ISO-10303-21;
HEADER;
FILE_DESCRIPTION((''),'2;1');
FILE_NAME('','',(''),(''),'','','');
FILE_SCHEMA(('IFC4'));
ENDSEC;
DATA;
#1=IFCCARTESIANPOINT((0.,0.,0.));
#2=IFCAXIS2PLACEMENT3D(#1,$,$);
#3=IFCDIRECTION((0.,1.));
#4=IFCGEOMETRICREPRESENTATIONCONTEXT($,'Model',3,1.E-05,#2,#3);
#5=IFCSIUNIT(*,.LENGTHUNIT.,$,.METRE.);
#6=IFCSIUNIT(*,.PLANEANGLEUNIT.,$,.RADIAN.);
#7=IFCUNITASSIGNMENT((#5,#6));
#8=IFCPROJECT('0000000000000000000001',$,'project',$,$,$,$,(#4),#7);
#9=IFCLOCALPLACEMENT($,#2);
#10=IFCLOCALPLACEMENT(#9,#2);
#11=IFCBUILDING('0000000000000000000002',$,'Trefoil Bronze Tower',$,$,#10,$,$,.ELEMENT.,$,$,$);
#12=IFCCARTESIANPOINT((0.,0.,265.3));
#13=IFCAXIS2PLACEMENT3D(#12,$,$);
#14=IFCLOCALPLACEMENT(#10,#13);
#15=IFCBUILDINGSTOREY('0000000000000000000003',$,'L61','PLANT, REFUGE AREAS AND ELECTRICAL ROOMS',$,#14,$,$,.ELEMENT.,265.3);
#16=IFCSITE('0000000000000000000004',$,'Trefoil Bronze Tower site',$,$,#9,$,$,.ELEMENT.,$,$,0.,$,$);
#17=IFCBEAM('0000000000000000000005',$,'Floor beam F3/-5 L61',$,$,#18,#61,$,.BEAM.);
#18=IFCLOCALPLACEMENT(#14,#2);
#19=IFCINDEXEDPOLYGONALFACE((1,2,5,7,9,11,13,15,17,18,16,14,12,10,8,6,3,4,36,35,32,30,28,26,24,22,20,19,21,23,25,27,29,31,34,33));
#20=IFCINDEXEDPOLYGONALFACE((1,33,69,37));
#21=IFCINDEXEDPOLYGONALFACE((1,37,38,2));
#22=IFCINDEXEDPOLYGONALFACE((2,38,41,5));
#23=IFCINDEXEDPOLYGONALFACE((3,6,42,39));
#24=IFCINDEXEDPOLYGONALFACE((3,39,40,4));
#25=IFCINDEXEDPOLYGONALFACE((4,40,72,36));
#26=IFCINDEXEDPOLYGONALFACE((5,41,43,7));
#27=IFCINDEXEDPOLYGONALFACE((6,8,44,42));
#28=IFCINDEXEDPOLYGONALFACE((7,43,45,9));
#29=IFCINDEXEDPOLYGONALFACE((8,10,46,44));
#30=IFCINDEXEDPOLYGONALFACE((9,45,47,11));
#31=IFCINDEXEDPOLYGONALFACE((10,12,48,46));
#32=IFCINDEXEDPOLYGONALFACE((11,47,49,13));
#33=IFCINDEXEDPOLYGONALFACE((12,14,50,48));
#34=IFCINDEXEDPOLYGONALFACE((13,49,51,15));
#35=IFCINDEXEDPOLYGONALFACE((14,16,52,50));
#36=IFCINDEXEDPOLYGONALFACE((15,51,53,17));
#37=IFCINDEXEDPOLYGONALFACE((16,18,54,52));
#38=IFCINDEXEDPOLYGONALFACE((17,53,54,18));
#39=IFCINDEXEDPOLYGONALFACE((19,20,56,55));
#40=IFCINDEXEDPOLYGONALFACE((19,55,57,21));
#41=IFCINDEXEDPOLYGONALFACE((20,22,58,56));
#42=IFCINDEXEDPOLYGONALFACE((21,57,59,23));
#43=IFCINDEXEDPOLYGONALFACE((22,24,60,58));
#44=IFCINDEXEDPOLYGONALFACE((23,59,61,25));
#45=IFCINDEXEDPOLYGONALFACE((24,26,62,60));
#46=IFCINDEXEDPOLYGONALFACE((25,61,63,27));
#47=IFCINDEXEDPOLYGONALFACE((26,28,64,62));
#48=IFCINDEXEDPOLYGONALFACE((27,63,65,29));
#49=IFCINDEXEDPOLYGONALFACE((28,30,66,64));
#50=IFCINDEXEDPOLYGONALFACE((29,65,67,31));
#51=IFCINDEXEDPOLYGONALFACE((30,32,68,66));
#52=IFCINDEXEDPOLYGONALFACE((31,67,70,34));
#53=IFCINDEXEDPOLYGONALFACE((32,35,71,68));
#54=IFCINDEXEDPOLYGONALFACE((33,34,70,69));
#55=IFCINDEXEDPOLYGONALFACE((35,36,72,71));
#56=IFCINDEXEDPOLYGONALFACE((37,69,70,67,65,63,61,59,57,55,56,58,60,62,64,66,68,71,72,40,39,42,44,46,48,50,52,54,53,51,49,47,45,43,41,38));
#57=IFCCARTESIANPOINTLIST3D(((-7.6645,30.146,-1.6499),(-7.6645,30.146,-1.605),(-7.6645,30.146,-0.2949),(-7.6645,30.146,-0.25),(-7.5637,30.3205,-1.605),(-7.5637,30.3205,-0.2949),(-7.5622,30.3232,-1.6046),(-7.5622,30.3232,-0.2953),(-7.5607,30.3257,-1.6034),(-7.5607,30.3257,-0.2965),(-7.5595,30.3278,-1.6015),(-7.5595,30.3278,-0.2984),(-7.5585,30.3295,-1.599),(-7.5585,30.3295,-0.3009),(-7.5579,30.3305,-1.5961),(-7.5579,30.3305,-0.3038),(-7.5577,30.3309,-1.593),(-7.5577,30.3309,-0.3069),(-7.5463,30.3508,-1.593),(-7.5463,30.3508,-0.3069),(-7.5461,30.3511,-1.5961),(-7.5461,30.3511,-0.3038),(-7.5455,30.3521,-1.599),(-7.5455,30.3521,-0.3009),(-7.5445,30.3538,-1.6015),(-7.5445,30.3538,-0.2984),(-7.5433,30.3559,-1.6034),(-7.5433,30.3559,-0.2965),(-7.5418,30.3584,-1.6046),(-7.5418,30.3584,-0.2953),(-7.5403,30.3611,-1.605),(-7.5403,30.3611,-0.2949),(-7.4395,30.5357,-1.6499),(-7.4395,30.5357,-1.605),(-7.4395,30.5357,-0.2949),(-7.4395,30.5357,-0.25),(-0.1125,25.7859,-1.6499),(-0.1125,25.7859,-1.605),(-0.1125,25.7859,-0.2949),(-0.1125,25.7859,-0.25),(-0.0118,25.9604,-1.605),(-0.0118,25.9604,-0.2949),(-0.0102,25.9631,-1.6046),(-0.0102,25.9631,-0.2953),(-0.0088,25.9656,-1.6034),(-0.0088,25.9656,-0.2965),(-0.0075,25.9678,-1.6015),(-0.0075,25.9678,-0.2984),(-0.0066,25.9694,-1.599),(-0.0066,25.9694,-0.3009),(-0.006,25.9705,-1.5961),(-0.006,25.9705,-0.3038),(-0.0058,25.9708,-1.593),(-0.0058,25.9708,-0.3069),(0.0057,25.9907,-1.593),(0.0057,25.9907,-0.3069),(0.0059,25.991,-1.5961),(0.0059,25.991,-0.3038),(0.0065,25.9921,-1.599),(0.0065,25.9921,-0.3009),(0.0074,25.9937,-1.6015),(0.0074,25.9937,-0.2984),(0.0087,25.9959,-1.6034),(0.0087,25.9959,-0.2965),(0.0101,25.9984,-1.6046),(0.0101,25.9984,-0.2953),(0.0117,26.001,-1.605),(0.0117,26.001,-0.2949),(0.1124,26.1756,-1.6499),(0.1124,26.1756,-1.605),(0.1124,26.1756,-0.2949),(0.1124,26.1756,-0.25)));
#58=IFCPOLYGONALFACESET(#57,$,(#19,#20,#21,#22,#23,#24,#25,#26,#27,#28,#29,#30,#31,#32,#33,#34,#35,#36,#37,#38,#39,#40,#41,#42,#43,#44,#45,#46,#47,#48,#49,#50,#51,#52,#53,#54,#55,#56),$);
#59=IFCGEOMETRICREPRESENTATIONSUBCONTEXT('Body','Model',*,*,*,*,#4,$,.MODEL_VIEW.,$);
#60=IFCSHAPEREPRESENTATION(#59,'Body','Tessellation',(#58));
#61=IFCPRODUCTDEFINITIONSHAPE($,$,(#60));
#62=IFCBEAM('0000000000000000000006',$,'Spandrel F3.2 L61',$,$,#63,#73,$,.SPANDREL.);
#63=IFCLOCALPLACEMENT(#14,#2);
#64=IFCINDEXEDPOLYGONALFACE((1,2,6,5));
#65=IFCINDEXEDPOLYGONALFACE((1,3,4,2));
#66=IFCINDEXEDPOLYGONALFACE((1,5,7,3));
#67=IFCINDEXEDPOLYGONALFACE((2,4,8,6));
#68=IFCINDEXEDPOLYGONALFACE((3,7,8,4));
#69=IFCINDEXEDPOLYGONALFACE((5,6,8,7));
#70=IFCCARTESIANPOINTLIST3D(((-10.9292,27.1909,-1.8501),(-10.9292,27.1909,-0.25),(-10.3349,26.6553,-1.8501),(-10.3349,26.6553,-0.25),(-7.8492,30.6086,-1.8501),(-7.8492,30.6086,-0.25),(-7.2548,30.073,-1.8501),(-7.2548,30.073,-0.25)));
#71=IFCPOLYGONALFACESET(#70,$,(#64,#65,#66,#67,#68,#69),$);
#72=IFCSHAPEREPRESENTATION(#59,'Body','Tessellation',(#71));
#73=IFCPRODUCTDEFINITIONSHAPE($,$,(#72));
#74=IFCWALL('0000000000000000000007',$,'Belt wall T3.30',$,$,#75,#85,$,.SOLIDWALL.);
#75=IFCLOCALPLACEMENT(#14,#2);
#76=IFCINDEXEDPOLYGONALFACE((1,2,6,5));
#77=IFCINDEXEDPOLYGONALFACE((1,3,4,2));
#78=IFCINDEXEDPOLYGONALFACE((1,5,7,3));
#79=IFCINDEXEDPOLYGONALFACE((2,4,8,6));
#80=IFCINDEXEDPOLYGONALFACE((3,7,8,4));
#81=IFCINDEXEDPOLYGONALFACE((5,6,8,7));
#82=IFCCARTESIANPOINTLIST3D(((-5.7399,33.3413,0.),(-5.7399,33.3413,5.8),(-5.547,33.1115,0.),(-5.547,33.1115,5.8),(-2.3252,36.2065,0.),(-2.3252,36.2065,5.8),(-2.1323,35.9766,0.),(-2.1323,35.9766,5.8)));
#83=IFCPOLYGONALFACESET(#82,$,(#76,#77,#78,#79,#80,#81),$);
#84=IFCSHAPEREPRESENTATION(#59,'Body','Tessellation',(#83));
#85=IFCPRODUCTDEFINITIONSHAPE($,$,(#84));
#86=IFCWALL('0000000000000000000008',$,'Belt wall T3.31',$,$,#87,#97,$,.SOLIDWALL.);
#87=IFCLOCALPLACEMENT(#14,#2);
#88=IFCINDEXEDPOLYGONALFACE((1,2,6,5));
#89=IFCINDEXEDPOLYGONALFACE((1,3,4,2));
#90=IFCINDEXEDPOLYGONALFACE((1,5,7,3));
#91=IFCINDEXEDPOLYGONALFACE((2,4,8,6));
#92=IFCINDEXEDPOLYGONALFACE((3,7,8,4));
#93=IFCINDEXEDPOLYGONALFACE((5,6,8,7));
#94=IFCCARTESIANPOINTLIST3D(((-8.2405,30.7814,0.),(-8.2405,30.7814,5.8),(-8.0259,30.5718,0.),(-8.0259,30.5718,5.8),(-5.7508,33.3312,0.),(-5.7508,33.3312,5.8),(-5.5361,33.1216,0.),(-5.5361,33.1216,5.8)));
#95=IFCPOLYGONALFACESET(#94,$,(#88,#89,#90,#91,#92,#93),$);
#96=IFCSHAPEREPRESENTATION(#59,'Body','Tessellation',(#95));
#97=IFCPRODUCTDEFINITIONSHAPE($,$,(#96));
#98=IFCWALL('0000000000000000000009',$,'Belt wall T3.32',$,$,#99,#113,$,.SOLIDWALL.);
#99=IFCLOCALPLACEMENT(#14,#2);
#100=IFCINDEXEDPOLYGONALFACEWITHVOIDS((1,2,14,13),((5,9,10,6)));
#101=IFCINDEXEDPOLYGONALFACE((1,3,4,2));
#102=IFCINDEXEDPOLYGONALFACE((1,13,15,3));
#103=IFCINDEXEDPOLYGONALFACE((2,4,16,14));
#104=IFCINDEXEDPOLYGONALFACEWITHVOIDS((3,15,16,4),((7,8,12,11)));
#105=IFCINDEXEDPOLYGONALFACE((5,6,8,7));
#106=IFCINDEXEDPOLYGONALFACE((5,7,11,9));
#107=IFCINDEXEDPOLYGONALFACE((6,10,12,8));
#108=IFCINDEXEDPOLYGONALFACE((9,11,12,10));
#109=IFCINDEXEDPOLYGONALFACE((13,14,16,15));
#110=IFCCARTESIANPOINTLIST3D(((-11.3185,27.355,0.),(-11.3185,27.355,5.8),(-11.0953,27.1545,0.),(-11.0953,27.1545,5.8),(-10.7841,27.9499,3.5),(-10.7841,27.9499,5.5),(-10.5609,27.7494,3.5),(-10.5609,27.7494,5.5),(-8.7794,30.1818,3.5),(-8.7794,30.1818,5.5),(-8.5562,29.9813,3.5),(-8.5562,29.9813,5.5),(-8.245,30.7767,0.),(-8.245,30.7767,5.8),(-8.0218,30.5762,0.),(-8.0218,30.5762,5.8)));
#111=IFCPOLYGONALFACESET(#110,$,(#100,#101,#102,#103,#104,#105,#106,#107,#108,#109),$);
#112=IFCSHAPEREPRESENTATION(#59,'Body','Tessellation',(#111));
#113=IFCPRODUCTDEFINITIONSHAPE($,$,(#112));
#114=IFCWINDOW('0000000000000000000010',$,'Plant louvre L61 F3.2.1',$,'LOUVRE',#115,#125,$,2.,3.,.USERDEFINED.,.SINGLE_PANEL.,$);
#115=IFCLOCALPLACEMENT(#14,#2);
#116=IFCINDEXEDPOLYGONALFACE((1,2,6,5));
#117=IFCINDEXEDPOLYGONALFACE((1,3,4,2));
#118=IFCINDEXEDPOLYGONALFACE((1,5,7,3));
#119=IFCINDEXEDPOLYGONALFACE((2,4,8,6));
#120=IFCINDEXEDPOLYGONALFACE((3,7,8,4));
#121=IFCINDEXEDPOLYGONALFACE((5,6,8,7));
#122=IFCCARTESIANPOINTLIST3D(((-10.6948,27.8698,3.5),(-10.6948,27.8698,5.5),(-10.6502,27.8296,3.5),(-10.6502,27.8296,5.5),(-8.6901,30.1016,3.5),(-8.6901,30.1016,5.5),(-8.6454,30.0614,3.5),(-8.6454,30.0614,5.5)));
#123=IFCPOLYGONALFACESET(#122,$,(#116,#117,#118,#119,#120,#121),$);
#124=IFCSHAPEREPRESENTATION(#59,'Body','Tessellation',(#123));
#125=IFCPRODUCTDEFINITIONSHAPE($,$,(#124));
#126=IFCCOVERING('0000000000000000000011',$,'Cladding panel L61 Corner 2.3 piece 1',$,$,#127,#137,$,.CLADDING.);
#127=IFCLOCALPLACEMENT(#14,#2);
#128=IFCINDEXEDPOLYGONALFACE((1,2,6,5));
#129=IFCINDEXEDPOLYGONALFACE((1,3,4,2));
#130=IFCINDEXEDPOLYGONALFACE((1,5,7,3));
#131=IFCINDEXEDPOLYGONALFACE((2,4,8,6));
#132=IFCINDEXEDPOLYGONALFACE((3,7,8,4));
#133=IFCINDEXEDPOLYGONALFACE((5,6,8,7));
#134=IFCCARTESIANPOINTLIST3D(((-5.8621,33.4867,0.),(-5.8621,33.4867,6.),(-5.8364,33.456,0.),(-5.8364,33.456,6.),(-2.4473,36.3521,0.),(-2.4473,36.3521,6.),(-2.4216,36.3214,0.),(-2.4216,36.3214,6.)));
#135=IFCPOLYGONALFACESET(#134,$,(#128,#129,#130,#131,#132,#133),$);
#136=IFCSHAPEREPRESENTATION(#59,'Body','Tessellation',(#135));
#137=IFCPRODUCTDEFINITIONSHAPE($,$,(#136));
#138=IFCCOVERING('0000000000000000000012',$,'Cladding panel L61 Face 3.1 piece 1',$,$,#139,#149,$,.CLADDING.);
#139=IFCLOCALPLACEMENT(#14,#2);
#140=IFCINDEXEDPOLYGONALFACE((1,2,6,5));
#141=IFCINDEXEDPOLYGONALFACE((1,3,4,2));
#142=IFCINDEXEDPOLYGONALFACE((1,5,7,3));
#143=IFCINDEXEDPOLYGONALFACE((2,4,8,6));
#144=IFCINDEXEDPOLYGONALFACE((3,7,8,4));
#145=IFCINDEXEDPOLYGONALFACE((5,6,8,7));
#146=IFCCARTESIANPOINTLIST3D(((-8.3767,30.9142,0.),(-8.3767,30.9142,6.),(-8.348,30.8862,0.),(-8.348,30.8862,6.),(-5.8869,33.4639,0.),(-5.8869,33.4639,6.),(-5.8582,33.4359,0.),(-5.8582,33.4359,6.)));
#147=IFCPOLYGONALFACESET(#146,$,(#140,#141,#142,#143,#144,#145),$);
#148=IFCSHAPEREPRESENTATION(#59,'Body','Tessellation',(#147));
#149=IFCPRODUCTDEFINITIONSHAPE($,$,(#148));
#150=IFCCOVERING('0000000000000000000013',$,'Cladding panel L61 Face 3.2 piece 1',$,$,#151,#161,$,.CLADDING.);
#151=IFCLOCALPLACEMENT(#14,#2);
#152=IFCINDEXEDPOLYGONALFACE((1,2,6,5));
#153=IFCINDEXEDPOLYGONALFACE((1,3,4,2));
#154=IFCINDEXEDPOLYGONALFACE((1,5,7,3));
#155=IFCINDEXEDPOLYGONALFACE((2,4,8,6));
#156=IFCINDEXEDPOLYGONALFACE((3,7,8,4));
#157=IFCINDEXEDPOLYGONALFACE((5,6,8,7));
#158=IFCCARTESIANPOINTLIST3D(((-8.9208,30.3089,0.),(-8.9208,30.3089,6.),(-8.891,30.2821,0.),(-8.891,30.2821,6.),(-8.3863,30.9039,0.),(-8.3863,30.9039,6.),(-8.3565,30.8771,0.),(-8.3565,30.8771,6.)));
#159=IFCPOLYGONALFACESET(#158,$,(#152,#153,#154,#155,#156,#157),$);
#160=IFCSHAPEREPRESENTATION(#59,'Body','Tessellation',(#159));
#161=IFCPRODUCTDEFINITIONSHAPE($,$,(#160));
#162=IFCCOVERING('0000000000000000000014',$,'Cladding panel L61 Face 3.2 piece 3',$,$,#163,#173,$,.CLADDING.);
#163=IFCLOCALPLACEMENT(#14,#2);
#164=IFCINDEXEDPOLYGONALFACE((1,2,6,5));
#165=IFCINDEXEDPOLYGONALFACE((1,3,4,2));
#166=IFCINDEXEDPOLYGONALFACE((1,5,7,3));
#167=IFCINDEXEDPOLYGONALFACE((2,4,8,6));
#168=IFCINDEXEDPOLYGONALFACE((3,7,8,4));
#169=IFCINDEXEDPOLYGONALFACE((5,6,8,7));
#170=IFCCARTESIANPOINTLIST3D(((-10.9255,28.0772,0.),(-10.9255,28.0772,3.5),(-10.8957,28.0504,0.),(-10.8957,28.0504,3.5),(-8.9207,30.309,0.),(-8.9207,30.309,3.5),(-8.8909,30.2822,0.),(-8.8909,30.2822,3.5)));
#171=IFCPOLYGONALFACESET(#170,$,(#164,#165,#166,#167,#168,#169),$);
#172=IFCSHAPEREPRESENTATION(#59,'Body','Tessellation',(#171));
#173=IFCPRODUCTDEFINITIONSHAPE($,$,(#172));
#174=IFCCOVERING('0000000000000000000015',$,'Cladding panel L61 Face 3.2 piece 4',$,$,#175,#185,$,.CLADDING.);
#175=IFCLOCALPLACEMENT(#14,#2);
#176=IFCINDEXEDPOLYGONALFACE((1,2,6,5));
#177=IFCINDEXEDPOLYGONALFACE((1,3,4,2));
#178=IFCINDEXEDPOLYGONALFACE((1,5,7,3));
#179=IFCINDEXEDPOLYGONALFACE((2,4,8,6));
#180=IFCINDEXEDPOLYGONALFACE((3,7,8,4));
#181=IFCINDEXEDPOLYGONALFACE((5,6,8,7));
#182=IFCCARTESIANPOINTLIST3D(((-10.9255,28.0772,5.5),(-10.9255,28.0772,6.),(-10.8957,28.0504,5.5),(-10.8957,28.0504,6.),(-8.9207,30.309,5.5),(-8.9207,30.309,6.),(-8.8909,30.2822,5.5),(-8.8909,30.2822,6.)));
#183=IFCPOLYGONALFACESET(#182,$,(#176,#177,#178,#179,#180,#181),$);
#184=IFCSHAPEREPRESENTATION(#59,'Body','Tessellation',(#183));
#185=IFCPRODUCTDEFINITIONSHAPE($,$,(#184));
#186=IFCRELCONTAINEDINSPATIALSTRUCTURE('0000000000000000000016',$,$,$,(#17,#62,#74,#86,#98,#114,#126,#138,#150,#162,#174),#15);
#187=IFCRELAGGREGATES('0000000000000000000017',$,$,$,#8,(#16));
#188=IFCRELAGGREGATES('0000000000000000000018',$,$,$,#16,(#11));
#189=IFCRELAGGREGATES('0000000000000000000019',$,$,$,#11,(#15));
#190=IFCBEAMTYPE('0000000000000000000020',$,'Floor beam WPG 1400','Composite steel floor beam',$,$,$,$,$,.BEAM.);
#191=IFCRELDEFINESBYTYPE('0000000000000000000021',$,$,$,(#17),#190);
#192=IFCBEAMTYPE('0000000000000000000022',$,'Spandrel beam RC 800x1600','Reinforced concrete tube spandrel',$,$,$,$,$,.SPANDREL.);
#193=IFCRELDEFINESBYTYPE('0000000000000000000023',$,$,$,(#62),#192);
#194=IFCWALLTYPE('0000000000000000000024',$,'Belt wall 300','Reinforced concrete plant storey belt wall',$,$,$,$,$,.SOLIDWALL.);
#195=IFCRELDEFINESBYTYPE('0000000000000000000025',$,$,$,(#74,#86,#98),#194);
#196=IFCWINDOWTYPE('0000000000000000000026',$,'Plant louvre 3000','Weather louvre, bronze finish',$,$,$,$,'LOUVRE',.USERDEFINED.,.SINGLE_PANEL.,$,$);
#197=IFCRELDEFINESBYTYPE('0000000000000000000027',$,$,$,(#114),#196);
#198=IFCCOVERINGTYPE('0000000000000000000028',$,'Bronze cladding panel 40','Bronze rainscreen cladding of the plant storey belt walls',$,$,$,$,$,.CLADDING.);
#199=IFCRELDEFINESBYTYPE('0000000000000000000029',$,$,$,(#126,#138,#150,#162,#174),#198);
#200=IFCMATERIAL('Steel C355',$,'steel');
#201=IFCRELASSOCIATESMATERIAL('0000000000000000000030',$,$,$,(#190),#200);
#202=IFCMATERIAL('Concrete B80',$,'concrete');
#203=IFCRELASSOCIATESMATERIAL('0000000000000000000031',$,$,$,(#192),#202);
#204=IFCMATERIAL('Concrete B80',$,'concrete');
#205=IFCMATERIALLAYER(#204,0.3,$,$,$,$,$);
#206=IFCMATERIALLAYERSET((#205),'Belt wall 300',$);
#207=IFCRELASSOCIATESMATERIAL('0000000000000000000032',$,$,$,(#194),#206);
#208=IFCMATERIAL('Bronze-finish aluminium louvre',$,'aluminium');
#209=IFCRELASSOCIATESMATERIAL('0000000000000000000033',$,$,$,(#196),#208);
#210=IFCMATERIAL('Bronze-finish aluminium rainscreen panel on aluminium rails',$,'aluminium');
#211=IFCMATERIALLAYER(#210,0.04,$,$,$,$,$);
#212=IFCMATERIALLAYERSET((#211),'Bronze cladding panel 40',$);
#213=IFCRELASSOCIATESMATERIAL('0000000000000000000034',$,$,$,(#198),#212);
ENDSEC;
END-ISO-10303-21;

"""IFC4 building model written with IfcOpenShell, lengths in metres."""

from ifc_helpers import new_model, si_unit, direction, frame, frame_2d, origin, origin_2d, place, context, subcontext, project, spatial, rectangle, i_section, extrude, material, layer, layer_set, material_profile, profile_set, type_object, element, fill, save


model = new_model("IFC4")

# Units and contexts
model_context = context("Model", 3, precision=1e-05, world=origin(), true_north=direction((0.0, 1.0)))
body_context = subcontext(model_context, "Body", "Model", "MODEL_VIEW")
ifc_project = project(units=[si_unit("LENGTHUNIT", "METRE"), si_unit("PLANEANGLEUNIT", "RADIAN")], contexts=[model_context])

# Site, building, storey
site_placement = place(None, origin())
site = spatial("IfcSite", under=ifc_project, at=site_placement, Name="Trefoil Bronze Tower site", CompositionType="ELEMENT", RefElevation=0.0)
building_placement = place(site_placement, origin())
building = spatial("IfcBuilding", under=site, at=building_placement, Name="Trefoil Bronze Tower", CompositionType="ELEMENT")
storey_placement = place(building_placement, frame((0.0, 0.0, 265.3)))
storey = spatial("IfcBuildingStorey", under=building, at=storey_placement, Name="L61", Description="PLANT, REFUGE AREAS AND ELECTRICAL ROOMS", CompositionType="ELEMENT", Elevation=265.3)

# Beams
ifc_material_1 = material(Name="Steel C355", Category="steel")
ifc_material_profile_1 = material_profile(ifc_material_1, i_section(OverallWidth=0.45, OverallDepth=1.3999, WebThickness=0.0229, FlangeThickness=0.0449, FilletRadius=0.012, at=origin_2d()), Name="WPG 1400")
ifc_profile_set_1 = profile_set([ifc_material_profile_1], Name="Steel C355")
beam_type_1 = type_object("IfcBeamType", Name="Floor beam WPG 1400", Description="Composite steel floor beam", PredefinedType="BEAM", material=ifc_profile_set_1)
beam_1_placement = place(storey_placement, frame((-7.552, 30.3408, -0.95), z_axis=(0.866028, -0.499996, 0.0), x_axis=(0.499996, 0.866028, 0.0)))
element("IfcBeam", 1, at=beam_1_placement, inside=storey, type_object=beam_type_1, Name="Floor beam F3/-5 L61", PredefinedType="BEAM", context=body_context, shape_type="SweptSolid", body=[
    extrude(i_section(OverallWidth=0.45, OverallDepth=1.3999, WebThickness=0.0229, FlangeThickness=0.0449, FilletRadius=0.012, at=origin_2d()), origin(), (0.0, 0.0, 1.0), 8.7202),
])
ifc_material_2 = material(Name="Concrete B80", Category="concrete")
ifc_material_profile_2 = material_profile(ifc_material_2, rectangle(XDim=0.8, YDim=1.6001, at=origin_2d()), Name="RC 800x1600")
ifc_profile_set_2 = profile_set([ifc_material_profile_2], Name="Concrete B80")
beam_type_2 = type_object("IfcBeamType", Name="Spandrel beam RC 800x1600", Description="Reinforced concrete tube spandrel", PredefinedType="SPANDREL", material=ifc_profile_set_2)
beam_2_placement = place(storey_placement, frame((-7.552, 30.3408, -1.05), z_axis=(-0.66946, -0.742848, 0.0), x_axis=(0.742848, -0.66946, 0.0)))
element("IfcBeam", 2, at=beam_2_placement, inside=storey, type_object=beam_type_2, Name="Spandrel F3.2 L61", PredefinedType="SPANDREL", context=body_context, shape_type="SweptSolid", body=[
    extrude(rectangle(XDim=0.8, YDim=1.6001, at=origin_2d()), origin(), (0.0, 0.0, 1.0), 4.6008),
])

# Walls
ifc_material_3 = material(Name="Concrete B80", Category="concrete")
ifc_layer_1 = layer(ifc_material_3, 0.3)
ifc_layer_set_1 = layer_set([ifc_layer_1], Name="Belt wall 300")
wall_type = type_object("IfcWallType", Name="Belt wall 300", Description="Reinforced concrete plant storey belt wall", PredefinedType="SOLIDWALL", material=ifc_layer_set_1)
wall_1_placement = place(storey_placement, frame((-2.2288, 36.0916, 0.0), z_axis=(0.0, 0.0, 1.0), x_axis=(-0.766058, -0.642772, 0.0)))
element("IfcWall", 3, at=wall_1_placement, inside=storey, type_object=wall_type, Name="Belt wall T3.30", PredefinedType="SOLIDWALL", context=body_context, shape_type="SweptSolid", body=[
    extrude(rectangle(XDim=4.4575, YDim=0.3, at=frame_2d((2.2288, 0.0))), origin(), (0.0, 0.0, 1.0), 5.8),
])
wall_2_placement = place(storey_placement, frame((-5.6436, 33.2263, 0.0), z_axis=(0.0, 0.0, 1.0), x_axis=(-0.69863, -0.715483, 0.0)))
element("IfcWall", 4, at=wall_2_placement, inside=storey, type_object=wall_type, Name="Belt wall T3.31", PredefinedType="SOLIDWALL", context=body_context, shape_type="SweptSolid", body=[
    extrude(rectangle(XDim=3.5637, YDim=0.3, at=frame_2d((1.7817, 0.0))), origin(), (0.0, 0.0, 1.0), 5.8),
])

# Wall, opening, window
wall_3_placement = place(storey_placement, frame((-8.1333, 30.6765, 0.0), z_axis=(0.0, 0.0, 1.0), x_axis=(-0.668246, -0.74394, 0.0)))
wall_3 = element("IfcWall", 5, at=wall_3_placement, inside=storey, type_object=wall_type, Name="Belt wall T3.32", PredefinedType="SOLIDWALL", context=body_context, shape_type="SweptSolid", body=[
    extrude(rectangle(XDim=4.5994, YDim=0.3, at=frame_2d((2.2998, 0.0))), origin(), (0.0, 0.0, 1.0), 5.8),
])
opening_placement = place(wall_3_placement, frame((0.7998, 0.0, 3.5)))
opening = element("IfcOpeningElement", 6, at=opening_placement, cuts=wall_3, PredefinedType="OPENING", context=body_context, shape_type="SweptSolid", body=[
    extrude(rectangle(XDim=3.0, YDim=2.0, at=frame_2d((1.5, 1.0))), frame((0.0, 0.1599, 0.0), z_axis=(0.0, -1.0, 0.0), x_axis=(1.0, 0.0, 0.0)), (0.0, 0.0, 1.0), 0.3201),
])
ifc_material_4 = material(Name="Bronze-finish aluminium louvre", Category="aluminium")
window_type = type_object("IfcWindowType", Name="Plant louvre 3000", Description="Weather louvre, bronze finish", ElementType="LOUVRE", PartitioningType="SINGLE_PANEL", PredefinedType="USERDEFINED", material=ifc_material_4)
window_placement = place(opening_placement, origin())
window = element("IfcWindow", 7, at=window_placement, inside=storey, type_object=window_type, Name="Plant louvre L61 F3.2.1", ObjectType="LOUVRE", OverallHeight=2.0, OverallWidth=3.0, PartitioningType="SINGLE_PANEL", PredefinedType="USERDEFINED", context=body_context, shape_type="SweptSolid", body=[
    extrude(rectangle(XDim=3.0, YDim=2.0, at=frame_2d((1.5, 1.0))), frame((0.0, 0.03, 0.0), z_axis=(0.0, -1.0, 0.0), x_axis=(1.0, 0.0, 0.0)), (0.0, 0.0, 1.0), 0.0601),
])
fill(opening, window)

# Coverings
ifc_material_5 = material(Name="Bronze-finish aluminium rainscreen panel on aluminium rails", Category="aluminium")
ifc_layer_2 = layer(ifc_material_5, 0.04)
ifc_layer_set_2 = layer_set([ifc_layer_2], Name="Bronze cladding panel 40")
covering_type_1 = type_object("IfcCoveringType", Name="Bronze cladding panel 40", Description="Bronze rainscreen cladding of the plant storey belt walls", PredefinedType="CLADDING", material=ifc_layer_set_2)
covering_1_placement = place(storey_placement, frame((-4.1418, 34.9041, 0.0), z_axis=(0.0, 0.0, 1.0), x_axis=(-0.766044, -0.642788, 0.0)))
element("IfcCovering", 8, at=covering_1_placement, inside=storey, type_object=covering_type_1, Name="Cladding panel L61 Corner 2.3 piece 1", PredefinedType="CLADDING", context=body_context, shape_type="SweptSolid", body=[
    extrude(rectangle(XDim=4.4578, YDim=0.04, at=origin_2d()), origin(), (0.0, 0.0, 1.0), 6.0),
])
covering_2_placement = place(storey_placement, frame((-7.1174, 32.175, 0.0), z_axis=(0.0, 0.0, 1.0), x_axis=(-0.698652, -0.715462, 0.0)))
element("IfcCovering", 9, at=covering_2_placement, inside=storey, type_object=covering_type_1, Name="Cladding panel L61 Face 3.1 piece 1", PredefinedType="CLADDING", context=body_context, shape_type="SweptSolid", body=[
    extrude(rectangle(XDim=3.5637, YDim=0.04, at=origin_2d()), origin(), (0.0, 0.0, 1.0), 6.0),
])
covering_3_placement = place(storey_placement, frame((-8.6387, 30.593, 0.0), z_axis=(0.0, 0.0, 1.0), x_axis=(-0.668246, -0.743941, 0.0)))
element("IfcCovering", 10, at=covering_3_placement, inside=storey, type_object=covering_type_1, Name="Cladding panel L61 Face 3.2 piece 1", PredefinedType="CLADDING", context=body_context, shape_type="SweptSolid", body=[
    extrude(rectangle(XDim=0.7998, YDim=0.04, at=origin_2d()), origin(), (0.0, 0.0, 1.0), 6.0),
])
covering_4_placement = place(storey_placement, frame((-9.9082, 29.1797, 0.0), z_axis=(0.0, 0.0, 1.0), x_axis=(-0.668246, -0.743941, 0.0)))
element("IfcCovering", 11, at=covering_4_placement, inside=storey, type_object=covering_type_1, Name="Cladding panel L61 Face 3.2 piece 3", PredefinedType="CLADDING", context=body_context, shape_type="SweptSolid", body=[
    extrude(rectangle(XDim=3.0, YDim=0.04, at=origin_2d()), origin(), (0.0, 0.0, 1.0), 3.5),
])
covering_5_placement = place(storey_placement, frame((-9.9082, 29.1797, 5.5), z_axis=(0.0, 0.0, 1.0), x_axis=(-0.668246, -0.743941, 0.0)))
element("IfcCovering", 12, at=covering_5_placement, inside=storey, type_object=covering_type_1, Name="Cladding panel L61 Face 3.2 piece 4", PredefinedType="CLADDING", context=body_context, shape_type="SweptSolid", body=[
    extrude(rectangle(XDim=3.0, YDim=0.04, at=origin_2d()), origin(), (0.0, 0.0, 1.0), 0.5),
])

save(model, "model.ifc")
